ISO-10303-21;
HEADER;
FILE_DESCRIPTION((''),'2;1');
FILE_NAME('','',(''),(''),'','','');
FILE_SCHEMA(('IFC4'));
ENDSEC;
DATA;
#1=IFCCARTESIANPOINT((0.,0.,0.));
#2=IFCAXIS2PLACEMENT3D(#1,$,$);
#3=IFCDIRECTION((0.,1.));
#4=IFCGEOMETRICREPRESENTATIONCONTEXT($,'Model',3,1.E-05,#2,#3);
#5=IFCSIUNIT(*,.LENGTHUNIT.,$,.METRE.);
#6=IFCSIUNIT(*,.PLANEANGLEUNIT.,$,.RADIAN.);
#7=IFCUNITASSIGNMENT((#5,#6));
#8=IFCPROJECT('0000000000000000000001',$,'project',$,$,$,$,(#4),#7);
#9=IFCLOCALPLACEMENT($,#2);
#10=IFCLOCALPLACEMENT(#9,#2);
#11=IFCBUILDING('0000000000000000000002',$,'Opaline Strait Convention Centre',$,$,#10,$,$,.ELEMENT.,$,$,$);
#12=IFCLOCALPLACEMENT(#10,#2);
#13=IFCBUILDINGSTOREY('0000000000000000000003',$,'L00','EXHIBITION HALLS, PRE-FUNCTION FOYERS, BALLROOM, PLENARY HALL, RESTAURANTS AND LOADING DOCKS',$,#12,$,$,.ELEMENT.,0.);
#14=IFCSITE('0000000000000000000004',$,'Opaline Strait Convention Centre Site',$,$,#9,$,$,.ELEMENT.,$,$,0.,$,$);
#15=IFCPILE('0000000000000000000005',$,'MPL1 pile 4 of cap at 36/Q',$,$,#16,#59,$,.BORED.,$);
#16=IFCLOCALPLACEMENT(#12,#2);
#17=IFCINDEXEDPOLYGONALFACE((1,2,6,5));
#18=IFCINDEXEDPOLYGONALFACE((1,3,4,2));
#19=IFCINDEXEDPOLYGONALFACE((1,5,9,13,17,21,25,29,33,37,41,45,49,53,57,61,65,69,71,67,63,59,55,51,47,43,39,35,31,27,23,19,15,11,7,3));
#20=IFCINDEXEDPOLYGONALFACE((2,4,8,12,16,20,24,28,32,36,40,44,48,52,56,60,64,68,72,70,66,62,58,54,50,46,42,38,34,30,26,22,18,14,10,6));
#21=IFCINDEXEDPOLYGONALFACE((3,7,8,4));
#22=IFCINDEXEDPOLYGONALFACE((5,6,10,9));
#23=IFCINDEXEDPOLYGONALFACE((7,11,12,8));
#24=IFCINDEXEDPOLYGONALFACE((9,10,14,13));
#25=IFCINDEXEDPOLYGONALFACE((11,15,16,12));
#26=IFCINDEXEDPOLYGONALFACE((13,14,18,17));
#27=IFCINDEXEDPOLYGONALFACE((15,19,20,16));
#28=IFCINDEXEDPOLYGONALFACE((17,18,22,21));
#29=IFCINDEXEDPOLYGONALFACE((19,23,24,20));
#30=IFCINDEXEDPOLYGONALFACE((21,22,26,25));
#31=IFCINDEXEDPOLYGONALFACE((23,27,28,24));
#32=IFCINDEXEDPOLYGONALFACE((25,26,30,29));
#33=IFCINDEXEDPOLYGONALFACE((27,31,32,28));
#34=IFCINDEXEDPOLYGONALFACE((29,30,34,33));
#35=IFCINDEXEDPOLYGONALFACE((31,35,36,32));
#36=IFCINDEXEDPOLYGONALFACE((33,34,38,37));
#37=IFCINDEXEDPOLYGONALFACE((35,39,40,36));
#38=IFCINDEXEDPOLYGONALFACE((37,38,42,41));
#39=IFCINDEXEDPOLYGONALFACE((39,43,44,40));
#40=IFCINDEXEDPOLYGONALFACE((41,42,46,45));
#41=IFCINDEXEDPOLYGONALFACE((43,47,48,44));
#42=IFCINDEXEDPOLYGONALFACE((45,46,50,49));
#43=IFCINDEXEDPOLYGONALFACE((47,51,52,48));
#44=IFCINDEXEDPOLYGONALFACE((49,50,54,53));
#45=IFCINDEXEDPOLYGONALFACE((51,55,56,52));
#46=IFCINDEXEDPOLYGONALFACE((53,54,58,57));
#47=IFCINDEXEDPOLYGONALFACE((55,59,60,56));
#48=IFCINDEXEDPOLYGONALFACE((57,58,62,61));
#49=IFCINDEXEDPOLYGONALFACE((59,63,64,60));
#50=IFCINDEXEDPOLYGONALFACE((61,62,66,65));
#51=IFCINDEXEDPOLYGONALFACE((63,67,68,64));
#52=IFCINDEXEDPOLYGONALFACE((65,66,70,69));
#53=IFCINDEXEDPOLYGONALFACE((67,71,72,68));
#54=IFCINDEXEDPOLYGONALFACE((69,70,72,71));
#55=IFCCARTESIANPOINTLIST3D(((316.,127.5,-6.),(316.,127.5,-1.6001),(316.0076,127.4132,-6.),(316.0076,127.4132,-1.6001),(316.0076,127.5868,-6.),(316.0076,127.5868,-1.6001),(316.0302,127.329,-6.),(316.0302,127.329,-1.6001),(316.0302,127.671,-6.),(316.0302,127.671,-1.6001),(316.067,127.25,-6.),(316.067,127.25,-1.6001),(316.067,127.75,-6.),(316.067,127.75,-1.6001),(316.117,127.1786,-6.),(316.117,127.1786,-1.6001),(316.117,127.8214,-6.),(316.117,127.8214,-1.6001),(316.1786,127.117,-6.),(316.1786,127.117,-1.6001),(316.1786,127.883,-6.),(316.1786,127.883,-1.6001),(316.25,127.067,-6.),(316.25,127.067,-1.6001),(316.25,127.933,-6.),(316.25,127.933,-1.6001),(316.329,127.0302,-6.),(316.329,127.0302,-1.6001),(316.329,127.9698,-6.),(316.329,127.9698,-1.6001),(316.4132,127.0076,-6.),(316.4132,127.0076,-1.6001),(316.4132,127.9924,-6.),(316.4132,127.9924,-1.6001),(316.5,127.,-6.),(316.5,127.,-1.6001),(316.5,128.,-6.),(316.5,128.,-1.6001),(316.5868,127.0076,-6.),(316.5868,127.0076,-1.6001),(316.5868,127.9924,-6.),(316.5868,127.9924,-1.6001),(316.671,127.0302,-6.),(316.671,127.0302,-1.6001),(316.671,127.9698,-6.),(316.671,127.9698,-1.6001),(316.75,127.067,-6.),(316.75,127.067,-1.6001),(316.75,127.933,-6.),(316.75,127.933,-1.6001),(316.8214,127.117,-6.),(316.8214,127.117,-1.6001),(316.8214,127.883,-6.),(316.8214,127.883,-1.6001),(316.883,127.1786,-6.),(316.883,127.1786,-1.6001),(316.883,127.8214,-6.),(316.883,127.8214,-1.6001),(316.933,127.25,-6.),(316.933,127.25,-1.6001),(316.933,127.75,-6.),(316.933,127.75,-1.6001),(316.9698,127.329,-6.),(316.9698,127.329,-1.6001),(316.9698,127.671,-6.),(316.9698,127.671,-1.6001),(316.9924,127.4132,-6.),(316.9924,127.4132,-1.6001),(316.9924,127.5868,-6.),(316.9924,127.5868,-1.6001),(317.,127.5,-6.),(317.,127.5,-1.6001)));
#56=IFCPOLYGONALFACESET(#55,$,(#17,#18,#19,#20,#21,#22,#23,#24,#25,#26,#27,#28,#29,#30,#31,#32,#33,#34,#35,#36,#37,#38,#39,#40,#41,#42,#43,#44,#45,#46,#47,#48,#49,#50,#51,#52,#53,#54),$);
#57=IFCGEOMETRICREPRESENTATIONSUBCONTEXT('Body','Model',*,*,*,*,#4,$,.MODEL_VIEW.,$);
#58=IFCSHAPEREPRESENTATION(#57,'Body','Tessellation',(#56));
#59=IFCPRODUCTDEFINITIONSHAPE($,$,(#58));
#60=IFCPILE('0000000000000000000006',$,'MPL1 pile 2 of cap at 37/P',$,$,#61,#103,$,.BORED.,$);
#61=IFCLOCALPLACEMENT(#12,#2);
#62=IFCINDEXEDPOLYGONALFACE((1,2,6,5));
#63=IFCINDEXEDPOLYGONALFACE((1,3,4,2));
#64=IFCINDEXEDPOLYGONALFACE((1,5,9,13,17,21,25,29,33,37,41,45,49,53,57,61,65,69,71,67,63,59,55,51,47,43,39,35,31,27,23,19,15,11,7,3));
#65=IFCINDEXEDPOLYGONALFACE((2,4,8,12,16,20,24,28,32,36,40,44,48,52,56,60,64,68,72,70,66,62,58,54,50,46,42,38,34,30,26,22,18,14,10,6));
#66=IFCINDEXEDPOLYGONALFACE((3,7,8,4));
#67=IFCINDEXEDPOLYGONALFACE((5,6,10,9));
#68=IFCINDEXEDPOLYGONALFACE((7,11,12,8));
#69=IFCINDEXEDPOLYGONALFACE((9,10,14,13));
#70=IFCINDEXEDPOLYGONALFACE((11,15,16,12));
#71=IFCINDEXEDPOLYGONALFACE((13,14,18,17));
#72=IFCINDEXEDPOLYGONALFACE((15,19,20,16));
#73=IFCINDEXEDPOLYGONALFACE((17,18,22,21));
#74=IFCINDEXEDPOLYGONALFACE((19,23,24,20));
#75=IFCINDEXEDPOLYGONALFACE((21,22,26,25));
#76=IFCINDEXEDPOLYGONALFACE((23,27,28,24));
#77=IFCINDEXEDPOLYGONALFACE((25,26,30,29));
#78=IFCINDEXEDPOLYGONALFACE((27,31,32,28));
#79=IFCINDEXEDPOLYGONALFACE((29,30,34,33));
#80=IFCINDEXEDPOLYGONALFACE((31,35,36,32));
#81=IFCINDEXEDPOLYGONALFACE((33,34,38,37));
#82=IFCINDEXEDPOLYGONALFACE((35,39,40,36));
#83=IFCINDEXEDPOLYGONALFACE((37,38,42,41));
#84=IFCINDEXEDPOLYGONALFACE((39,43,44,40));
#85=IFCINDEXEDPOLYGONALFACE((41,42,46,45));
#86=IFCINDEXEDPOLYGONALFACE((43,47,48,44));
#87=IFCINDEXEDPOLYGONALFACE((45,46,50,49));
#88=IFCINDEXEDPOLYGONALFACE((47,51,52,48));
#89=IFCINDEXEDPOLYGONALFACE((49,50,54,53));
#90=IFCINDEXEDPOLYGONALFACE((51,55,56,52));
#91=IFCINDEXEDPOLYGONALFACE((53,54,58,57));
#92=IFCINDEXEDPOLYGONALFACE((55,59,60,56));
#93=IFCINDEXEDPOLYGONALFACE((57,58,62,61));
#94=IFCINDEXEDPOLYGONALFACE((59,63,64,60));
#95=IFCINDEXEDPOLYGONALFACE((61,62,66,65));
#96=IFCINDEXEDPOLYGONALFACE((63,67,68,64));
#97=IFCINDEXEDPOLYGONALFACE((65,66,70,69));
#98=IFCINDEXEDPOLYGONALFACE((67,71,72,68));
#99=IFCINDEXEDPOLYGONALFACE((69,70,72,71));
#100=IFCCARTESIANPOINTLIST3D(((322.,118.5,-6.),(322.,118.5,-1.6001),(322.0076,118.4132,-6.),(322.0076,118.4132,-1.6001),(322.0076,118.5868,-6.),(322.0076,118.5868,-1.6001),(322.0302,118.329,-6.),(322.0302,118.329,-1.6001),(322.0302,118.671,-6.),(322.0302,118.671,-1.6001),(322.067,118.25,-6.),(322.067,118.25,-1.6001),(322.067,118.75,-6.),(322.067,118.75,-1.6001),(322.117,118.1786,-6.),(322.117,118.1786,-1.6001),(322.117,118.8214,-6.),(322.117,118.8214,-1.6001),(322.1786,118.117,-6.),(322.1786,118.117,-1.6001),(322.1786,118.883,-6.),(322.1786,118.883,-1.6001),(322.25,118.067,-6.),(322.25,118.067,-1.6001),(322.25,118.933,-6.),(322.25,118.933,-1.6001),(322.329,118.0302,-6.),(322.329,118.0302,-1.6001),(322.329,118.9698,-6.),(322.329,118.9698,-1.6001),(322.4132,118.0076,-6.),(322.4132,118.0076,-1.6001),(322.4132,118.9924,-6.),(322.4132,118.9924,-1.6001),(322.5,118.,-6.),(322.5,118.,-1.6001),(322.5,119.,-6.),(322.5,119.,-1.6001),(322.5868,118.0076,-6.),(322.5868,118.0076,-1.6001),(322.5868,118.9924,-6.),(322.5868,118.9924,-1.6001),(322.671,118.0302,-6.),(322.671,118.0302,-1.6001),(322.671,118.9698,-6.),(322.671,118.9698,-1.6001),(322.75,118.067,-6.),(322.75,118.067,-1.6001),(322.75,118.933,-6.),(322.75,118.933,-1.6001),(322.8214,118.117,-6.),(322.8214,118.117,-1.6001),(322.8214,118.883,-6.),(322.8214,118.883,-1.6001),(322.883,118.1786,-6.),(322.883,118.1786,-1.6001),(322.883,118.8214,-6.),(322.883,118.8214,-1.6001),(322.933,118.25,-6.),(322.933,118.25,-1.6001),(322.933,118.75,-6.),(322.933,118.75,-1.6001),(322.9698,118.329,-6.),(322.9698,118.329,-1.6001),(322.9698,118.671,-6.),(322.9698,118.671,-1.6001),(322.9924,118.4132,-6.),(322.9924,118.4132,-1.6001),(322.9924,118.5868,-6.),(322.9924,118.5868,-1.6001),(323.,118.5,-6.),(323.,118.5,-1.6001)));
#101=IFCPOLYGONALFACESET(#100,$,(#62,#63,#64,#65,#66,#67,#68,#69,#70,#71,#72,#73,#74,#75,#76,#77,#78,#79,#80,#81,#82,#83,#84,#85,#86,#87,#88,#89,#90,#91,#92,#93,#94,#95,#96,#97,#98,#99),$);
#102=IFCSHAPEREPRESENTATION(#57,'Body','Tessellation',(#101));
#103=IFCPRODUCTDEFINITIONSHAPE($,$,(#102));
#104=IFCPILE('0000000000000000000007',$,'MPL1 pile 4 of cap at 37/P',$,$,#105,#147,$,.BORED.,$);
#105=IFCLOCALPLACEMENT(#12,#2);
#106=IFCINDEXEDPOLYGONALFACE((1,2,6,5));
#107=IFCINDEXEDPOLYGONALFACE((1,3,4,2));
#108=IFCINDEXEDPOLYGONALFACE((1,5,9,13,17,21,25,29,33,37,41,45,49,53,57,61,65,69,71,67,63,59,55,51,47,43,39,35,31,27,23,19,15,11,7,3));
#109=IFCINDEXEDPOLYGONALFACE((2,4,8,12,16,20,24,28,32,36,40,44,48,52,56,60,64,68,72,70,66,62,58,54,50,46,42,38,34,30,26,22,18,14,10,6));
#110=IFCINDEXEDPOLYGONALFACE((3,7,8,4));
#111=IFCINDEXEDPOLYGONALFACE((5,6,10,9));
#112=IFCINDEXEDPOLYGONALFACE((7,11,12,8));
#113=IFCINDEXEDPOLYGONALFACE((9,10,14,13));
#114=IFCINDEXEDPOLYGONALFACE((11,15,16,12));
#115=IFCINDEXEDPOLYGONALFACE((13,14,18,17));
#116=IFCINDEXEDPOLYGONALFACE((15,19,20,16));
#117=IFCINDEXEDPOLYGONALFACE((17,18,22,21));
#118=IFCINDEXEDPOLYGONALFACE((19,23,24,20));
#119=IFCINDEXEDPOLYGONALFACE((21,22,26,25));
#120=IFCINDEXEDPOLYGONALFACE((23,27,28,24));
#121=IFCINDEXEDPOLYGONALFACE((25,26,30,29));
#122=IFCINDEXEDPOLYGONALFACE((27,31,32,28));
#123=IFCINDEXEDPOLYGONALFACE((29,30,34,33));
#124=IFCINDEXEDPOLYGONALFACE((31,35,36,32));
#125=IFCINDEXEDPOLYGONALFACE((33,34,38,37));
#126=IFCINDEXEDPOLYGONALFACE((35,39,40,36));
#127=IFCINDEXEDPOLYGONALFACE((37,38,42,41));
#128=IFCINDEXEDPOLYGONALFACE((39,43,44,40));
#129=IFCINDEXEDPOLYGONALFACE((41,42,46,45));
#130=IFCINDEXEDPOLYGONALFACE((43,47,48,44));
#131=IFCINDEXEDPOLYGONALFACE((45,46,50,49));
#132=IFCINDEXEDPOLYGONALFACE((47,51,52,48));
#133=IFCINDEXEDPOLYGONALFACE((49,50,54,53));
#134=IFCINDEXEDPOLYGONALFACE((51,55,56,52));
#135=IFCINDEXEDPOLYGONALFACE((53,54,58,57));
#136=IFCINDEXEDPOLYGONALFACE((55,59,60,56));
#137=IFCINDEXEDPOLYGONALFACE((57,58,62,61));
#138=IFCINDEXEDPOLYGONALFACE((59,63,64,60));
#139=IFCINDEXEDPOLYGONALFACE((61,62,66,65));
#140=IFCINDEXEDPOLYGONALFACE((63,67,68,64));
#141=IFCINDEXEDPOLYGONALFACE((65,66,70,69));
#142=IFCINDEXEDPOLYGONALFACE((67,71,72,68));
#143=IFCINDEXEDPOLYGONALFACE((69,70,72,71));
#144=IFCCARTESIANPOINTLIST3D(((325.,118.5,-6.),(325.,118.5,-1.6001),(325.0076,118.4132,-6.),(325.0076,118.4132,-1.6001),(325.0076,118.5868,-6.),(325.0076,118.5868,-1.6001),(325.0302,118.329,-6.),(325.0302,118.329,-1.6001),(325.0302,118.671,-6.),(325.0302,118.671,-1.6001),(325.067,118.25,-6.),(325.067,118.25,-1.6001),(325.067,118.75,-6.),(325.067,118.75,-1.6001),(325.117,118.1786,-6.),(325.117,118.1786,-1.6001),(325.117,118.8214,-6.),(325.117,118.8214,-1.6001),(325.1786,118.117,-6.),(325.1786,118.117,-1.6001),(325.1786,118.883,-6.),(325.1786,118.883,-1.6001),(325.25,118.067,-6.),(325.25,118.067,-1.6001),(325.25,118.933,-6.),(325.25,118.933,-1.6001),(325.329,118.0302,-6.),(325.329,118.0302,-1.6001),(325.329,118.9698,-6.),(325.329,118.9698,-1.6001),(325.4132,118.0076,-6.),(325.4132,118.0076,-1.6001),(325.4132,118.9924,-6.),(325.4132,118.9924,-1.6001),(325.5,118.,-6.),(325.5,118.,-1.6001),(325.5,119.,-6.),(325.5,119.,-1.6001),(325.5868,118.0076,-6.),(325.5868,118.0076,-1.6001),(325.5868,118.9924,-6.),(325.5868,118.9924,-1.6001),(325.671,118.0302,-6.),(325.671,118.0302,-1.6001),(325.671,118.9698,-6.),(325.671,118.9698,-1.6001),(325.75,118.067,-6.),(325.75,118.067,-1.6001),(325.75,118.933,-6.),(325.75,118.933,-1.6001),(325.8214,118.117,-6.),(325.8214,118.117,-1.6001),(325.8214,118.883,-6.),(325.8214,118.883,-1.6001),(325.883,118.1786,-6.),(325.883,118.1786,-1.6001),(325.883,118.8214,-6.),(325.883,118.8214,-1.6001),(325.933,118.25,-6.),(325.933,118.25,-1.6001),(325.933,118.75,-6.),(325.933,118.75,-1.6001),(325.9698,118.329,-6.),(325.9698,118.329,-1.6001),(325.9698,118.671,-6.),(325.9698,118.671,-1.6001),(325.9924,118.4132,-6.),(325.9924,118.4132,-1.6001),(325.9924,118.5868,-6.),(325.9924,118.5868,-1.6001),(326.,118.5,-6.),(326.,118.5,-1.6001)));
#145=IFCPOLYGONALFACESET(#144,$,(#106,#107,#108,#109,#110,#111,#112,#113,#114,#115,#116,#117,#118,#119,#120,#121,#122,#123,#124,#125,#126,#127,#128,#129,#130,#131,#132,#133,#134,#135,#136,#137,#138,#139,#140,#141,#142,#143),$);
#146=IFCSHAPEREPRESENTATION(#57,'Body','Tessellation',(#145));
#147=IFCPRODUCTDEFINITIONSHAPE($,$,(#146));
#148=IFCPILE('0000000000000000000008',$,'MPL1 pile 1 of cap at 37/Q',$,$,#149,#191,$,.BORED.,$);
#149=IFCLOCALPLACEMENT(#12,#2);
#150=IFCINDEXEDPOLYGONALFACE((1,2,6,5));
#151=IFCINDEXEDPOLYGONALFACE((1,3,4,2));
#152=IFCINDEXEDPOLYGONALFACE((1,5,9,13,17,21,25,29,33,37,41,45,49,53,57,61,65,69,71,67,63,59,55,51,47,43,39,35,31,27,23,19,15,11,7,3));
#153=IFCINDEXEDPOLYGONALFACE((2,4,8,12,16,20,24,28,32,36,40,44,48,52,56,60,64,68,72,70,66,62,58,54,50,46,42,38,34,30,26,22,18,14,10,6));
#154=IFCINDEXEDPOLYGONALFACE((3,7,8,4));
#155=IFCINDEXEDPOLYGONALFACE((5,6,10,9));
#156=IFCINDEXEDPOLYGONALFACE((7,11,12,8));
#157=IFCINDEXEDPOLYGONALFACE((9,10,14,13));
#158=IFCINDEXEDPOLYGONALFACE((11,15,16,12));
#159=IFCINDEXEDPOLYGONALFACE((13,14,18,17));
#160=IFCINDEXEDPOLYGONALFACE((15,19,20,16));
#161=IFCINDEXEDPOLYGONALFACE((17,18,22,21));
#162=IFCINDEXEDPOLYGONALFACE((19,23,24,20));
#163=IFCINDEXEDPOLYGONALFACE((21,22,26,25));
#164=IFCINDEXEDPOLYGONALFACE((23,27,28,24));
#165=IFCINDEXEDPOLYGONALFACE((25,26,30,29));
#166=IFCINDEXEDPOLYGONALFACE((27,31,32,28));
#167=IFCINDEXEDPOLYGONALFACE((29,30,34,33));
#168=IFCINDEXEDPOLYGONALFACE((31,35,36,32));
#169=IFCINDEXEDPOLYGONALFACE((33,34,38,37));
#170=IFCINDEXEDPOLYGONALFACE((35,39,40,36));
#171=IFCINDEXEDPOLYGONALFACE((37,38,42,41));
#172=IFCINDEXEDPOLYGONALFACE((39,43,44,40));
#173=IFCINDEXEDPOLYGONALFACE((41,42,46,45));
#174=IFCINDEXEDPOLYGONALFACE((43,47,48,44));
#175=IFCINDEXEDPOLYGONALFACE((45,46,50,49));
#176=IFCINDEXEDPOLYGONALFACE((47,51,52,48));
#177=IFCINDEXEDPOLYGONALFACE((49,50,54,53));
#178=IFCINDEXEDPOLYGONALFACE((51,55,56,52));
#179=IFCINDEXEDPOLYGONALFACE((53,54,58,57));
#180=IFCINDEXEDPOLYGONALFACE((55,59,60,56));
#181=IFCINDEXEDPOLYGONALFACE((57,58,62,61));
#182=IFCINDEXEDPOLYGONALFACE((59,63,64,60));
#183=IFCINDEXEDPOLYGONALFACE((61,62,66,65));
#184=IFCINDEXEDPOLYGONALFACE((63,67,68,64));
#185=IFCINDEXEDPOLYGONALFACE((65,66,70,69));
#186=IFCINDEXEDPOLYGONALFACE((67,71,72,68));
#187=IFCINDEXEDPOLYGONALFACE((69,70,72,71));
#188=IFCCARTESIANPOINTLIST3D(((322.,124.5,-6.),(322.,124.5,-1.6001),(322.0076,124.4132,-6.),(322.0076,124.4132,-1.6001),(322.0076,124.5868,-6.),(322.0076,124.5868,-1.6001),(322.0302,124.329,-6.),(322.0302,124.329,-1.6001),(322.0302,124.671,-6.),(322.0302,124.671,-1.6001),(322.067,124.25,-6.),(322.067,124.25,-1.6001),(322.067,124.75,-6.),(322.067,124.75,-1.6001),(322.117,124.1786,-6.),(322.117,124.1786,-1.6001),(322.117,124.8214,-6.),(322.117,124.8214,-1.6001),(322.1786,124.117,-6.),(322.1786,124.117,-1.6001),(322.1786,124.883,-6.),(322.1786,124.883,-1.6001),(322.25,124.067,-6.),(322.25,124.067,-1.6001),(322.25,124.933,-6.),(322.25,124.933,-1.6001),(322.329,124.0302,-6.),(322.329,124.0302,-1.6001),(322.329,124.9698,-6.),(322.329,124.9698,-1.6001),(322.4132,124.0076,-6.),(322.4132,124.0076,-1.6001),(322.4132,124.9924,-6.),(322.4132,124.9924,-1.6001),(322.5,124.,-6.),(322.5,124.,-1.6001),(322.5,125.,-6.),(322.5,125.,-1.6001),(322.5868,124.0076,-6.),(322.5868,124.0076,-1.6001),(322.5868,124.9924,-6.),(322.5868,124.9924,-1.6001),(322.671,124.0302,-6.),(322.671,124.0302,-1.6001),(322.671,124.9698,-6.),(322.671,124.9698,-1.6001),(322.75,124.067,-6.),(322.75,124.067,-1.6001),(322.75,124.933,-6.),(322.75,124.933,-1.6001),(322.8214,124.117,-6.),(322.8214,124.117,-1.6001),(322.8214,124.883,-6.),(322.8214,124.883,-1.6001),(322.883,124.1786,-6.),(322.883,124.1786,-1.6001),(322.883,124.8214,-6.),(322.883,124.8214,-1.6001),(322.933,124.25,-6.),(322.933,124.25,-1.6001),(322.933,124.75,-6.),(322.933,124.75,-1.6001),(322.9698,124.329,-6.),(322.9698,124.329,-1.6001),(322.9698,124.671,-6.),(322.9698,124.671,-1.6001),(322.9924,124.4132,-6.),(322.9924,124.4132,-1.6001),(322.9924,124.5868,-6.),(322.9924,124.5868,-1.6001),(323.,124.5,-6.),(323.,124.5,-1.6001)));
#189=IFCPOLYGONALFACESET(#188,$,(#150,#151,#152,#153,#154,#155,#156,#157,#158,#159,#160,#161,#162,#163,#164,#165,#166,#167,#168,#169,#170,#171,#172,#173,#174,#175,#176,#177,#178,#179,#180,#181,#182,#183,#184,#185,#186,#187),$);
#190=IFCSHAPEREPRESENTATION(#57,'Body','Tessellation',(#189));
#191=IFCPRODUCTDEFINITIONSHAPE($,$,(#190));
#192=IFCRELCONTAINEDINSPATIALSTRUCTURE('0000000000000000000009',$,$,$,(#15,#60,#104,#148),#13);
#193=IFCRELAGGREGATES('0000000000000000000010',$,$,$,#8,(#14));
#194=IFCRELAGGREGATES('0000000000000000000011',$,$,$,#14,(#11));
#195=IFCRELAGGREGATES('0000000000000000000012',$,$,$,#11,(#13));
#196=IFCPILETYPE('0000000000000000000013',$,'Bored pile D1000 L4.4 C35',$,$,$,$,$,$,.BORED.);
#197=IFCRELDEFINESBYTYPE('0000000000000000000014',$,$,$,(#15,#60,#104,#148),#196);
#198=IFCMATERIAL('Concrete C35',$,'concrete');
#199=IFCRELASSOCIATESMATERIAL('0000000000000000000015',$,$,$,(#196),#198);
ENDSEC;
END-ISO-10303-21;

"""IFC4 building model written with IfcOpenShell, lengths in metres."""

from ifc_helpers import new_model, si_unit, direction, frame, origin, origin_2d, place, context, subcontext, project, spatial, circle, extrude, material, material_profile, profile_set, type_object, element, save


model = new_model("IFC4")

# Units and contexts
model_context = context("Model", 3, precision=1e-05, world=origin(), true_north=direction((0.0, 1.0)))
body_context = subcontext(model_context, "Body", "Model", "MODEL_VIEW")
ifc_project = project(units=[si_unit("LENGTHUNIT", "METRE"), si_unit("PLANEANGLEUNIT", "RADIAN")], contexts=[model_context])

# Site, building, storey
site_placement = place(None, origin())
site = spatial("IfcSite", under=ifc_project, at=site_placement, Name="Opaline Strait Convention Centre Site", CompositionType="ELEMENT", RefElevation=0.0)
building_placement = place(site_placement, origin())
building = spatial("IfcBuilding", under=site, at=building_placement, Name="Opaline Strait Convention Centre", CompositionType="ELEMENT")
storey_placement = place(building_placement, origin())
storey = spatial("IfcBuildingStorey", under=building, at=storey_placement, Name="L00", Description="EXHIBITION HALLS, PRE-FUNCTION FOYERS, BALLROOM, PLENARY HALL, RESTAURANTS AND LOADING DOCKS", CompositionType="ELEMENT", Elevation=0.0)

# Piles
ifc_material_1 = material(Name="Concrete C35", Category="concrete")
ifc_material_profile_1 = material_profile(ifc_material_1, circle(Radius=0.5, at=origin_2d()), Name="D1000")
ifc_profile_set_1 = profile_set([ifc_material_profile_1], Name="Concrete C35")
pile_type = type_object("IfcPileType", Name="Bored pile D1000 L4.4 C35", PredefinedType="BORED", material=ifc_profile_set_1)
for number, where, z_axis, x_axis, name in (
    (1, (316.5, 127.5, -1.6001), (0.0, 0.0, -1.0), (1.0, 0.0, 0.0), "MPL1 pile 4 of cap at 36/Q"),
    (2, (322.5, 118.5, -1.6001), (0.0, 0.0, -1.0), (1.0, 0.0, 0.0), "MPL1 pile 2 of cap at 37/P"),
    (3, (325.5, 118.5, -1.6001), (0.0, 0.0, -1.0), (1.0, 0.0, 0.0), "MPL1 pile 4 of cap at 37/P"),
    (4, (322.5, 124.5, -1.6001), (0.0, 0.0, -1.0), (1.0, 0.0, 0.0), "MPL1 pile 1 of cap at 37/Q"),
):
    element("IfcPile", number, at=place(storey_placement, frame(where, z_axis=z_axis, x_axis=x_axis)), inside=storey, type_object=pile_type, Name=name, PredefinedType="BORED", context=body_context, shape_type="SweptSolid", body=[
        extrude(circle(Radius=0.5, at=origin_2d()), origin(), (0.0, 0.0, 1.0), 4.3999),
    ])

save(model, "model.ifc")
